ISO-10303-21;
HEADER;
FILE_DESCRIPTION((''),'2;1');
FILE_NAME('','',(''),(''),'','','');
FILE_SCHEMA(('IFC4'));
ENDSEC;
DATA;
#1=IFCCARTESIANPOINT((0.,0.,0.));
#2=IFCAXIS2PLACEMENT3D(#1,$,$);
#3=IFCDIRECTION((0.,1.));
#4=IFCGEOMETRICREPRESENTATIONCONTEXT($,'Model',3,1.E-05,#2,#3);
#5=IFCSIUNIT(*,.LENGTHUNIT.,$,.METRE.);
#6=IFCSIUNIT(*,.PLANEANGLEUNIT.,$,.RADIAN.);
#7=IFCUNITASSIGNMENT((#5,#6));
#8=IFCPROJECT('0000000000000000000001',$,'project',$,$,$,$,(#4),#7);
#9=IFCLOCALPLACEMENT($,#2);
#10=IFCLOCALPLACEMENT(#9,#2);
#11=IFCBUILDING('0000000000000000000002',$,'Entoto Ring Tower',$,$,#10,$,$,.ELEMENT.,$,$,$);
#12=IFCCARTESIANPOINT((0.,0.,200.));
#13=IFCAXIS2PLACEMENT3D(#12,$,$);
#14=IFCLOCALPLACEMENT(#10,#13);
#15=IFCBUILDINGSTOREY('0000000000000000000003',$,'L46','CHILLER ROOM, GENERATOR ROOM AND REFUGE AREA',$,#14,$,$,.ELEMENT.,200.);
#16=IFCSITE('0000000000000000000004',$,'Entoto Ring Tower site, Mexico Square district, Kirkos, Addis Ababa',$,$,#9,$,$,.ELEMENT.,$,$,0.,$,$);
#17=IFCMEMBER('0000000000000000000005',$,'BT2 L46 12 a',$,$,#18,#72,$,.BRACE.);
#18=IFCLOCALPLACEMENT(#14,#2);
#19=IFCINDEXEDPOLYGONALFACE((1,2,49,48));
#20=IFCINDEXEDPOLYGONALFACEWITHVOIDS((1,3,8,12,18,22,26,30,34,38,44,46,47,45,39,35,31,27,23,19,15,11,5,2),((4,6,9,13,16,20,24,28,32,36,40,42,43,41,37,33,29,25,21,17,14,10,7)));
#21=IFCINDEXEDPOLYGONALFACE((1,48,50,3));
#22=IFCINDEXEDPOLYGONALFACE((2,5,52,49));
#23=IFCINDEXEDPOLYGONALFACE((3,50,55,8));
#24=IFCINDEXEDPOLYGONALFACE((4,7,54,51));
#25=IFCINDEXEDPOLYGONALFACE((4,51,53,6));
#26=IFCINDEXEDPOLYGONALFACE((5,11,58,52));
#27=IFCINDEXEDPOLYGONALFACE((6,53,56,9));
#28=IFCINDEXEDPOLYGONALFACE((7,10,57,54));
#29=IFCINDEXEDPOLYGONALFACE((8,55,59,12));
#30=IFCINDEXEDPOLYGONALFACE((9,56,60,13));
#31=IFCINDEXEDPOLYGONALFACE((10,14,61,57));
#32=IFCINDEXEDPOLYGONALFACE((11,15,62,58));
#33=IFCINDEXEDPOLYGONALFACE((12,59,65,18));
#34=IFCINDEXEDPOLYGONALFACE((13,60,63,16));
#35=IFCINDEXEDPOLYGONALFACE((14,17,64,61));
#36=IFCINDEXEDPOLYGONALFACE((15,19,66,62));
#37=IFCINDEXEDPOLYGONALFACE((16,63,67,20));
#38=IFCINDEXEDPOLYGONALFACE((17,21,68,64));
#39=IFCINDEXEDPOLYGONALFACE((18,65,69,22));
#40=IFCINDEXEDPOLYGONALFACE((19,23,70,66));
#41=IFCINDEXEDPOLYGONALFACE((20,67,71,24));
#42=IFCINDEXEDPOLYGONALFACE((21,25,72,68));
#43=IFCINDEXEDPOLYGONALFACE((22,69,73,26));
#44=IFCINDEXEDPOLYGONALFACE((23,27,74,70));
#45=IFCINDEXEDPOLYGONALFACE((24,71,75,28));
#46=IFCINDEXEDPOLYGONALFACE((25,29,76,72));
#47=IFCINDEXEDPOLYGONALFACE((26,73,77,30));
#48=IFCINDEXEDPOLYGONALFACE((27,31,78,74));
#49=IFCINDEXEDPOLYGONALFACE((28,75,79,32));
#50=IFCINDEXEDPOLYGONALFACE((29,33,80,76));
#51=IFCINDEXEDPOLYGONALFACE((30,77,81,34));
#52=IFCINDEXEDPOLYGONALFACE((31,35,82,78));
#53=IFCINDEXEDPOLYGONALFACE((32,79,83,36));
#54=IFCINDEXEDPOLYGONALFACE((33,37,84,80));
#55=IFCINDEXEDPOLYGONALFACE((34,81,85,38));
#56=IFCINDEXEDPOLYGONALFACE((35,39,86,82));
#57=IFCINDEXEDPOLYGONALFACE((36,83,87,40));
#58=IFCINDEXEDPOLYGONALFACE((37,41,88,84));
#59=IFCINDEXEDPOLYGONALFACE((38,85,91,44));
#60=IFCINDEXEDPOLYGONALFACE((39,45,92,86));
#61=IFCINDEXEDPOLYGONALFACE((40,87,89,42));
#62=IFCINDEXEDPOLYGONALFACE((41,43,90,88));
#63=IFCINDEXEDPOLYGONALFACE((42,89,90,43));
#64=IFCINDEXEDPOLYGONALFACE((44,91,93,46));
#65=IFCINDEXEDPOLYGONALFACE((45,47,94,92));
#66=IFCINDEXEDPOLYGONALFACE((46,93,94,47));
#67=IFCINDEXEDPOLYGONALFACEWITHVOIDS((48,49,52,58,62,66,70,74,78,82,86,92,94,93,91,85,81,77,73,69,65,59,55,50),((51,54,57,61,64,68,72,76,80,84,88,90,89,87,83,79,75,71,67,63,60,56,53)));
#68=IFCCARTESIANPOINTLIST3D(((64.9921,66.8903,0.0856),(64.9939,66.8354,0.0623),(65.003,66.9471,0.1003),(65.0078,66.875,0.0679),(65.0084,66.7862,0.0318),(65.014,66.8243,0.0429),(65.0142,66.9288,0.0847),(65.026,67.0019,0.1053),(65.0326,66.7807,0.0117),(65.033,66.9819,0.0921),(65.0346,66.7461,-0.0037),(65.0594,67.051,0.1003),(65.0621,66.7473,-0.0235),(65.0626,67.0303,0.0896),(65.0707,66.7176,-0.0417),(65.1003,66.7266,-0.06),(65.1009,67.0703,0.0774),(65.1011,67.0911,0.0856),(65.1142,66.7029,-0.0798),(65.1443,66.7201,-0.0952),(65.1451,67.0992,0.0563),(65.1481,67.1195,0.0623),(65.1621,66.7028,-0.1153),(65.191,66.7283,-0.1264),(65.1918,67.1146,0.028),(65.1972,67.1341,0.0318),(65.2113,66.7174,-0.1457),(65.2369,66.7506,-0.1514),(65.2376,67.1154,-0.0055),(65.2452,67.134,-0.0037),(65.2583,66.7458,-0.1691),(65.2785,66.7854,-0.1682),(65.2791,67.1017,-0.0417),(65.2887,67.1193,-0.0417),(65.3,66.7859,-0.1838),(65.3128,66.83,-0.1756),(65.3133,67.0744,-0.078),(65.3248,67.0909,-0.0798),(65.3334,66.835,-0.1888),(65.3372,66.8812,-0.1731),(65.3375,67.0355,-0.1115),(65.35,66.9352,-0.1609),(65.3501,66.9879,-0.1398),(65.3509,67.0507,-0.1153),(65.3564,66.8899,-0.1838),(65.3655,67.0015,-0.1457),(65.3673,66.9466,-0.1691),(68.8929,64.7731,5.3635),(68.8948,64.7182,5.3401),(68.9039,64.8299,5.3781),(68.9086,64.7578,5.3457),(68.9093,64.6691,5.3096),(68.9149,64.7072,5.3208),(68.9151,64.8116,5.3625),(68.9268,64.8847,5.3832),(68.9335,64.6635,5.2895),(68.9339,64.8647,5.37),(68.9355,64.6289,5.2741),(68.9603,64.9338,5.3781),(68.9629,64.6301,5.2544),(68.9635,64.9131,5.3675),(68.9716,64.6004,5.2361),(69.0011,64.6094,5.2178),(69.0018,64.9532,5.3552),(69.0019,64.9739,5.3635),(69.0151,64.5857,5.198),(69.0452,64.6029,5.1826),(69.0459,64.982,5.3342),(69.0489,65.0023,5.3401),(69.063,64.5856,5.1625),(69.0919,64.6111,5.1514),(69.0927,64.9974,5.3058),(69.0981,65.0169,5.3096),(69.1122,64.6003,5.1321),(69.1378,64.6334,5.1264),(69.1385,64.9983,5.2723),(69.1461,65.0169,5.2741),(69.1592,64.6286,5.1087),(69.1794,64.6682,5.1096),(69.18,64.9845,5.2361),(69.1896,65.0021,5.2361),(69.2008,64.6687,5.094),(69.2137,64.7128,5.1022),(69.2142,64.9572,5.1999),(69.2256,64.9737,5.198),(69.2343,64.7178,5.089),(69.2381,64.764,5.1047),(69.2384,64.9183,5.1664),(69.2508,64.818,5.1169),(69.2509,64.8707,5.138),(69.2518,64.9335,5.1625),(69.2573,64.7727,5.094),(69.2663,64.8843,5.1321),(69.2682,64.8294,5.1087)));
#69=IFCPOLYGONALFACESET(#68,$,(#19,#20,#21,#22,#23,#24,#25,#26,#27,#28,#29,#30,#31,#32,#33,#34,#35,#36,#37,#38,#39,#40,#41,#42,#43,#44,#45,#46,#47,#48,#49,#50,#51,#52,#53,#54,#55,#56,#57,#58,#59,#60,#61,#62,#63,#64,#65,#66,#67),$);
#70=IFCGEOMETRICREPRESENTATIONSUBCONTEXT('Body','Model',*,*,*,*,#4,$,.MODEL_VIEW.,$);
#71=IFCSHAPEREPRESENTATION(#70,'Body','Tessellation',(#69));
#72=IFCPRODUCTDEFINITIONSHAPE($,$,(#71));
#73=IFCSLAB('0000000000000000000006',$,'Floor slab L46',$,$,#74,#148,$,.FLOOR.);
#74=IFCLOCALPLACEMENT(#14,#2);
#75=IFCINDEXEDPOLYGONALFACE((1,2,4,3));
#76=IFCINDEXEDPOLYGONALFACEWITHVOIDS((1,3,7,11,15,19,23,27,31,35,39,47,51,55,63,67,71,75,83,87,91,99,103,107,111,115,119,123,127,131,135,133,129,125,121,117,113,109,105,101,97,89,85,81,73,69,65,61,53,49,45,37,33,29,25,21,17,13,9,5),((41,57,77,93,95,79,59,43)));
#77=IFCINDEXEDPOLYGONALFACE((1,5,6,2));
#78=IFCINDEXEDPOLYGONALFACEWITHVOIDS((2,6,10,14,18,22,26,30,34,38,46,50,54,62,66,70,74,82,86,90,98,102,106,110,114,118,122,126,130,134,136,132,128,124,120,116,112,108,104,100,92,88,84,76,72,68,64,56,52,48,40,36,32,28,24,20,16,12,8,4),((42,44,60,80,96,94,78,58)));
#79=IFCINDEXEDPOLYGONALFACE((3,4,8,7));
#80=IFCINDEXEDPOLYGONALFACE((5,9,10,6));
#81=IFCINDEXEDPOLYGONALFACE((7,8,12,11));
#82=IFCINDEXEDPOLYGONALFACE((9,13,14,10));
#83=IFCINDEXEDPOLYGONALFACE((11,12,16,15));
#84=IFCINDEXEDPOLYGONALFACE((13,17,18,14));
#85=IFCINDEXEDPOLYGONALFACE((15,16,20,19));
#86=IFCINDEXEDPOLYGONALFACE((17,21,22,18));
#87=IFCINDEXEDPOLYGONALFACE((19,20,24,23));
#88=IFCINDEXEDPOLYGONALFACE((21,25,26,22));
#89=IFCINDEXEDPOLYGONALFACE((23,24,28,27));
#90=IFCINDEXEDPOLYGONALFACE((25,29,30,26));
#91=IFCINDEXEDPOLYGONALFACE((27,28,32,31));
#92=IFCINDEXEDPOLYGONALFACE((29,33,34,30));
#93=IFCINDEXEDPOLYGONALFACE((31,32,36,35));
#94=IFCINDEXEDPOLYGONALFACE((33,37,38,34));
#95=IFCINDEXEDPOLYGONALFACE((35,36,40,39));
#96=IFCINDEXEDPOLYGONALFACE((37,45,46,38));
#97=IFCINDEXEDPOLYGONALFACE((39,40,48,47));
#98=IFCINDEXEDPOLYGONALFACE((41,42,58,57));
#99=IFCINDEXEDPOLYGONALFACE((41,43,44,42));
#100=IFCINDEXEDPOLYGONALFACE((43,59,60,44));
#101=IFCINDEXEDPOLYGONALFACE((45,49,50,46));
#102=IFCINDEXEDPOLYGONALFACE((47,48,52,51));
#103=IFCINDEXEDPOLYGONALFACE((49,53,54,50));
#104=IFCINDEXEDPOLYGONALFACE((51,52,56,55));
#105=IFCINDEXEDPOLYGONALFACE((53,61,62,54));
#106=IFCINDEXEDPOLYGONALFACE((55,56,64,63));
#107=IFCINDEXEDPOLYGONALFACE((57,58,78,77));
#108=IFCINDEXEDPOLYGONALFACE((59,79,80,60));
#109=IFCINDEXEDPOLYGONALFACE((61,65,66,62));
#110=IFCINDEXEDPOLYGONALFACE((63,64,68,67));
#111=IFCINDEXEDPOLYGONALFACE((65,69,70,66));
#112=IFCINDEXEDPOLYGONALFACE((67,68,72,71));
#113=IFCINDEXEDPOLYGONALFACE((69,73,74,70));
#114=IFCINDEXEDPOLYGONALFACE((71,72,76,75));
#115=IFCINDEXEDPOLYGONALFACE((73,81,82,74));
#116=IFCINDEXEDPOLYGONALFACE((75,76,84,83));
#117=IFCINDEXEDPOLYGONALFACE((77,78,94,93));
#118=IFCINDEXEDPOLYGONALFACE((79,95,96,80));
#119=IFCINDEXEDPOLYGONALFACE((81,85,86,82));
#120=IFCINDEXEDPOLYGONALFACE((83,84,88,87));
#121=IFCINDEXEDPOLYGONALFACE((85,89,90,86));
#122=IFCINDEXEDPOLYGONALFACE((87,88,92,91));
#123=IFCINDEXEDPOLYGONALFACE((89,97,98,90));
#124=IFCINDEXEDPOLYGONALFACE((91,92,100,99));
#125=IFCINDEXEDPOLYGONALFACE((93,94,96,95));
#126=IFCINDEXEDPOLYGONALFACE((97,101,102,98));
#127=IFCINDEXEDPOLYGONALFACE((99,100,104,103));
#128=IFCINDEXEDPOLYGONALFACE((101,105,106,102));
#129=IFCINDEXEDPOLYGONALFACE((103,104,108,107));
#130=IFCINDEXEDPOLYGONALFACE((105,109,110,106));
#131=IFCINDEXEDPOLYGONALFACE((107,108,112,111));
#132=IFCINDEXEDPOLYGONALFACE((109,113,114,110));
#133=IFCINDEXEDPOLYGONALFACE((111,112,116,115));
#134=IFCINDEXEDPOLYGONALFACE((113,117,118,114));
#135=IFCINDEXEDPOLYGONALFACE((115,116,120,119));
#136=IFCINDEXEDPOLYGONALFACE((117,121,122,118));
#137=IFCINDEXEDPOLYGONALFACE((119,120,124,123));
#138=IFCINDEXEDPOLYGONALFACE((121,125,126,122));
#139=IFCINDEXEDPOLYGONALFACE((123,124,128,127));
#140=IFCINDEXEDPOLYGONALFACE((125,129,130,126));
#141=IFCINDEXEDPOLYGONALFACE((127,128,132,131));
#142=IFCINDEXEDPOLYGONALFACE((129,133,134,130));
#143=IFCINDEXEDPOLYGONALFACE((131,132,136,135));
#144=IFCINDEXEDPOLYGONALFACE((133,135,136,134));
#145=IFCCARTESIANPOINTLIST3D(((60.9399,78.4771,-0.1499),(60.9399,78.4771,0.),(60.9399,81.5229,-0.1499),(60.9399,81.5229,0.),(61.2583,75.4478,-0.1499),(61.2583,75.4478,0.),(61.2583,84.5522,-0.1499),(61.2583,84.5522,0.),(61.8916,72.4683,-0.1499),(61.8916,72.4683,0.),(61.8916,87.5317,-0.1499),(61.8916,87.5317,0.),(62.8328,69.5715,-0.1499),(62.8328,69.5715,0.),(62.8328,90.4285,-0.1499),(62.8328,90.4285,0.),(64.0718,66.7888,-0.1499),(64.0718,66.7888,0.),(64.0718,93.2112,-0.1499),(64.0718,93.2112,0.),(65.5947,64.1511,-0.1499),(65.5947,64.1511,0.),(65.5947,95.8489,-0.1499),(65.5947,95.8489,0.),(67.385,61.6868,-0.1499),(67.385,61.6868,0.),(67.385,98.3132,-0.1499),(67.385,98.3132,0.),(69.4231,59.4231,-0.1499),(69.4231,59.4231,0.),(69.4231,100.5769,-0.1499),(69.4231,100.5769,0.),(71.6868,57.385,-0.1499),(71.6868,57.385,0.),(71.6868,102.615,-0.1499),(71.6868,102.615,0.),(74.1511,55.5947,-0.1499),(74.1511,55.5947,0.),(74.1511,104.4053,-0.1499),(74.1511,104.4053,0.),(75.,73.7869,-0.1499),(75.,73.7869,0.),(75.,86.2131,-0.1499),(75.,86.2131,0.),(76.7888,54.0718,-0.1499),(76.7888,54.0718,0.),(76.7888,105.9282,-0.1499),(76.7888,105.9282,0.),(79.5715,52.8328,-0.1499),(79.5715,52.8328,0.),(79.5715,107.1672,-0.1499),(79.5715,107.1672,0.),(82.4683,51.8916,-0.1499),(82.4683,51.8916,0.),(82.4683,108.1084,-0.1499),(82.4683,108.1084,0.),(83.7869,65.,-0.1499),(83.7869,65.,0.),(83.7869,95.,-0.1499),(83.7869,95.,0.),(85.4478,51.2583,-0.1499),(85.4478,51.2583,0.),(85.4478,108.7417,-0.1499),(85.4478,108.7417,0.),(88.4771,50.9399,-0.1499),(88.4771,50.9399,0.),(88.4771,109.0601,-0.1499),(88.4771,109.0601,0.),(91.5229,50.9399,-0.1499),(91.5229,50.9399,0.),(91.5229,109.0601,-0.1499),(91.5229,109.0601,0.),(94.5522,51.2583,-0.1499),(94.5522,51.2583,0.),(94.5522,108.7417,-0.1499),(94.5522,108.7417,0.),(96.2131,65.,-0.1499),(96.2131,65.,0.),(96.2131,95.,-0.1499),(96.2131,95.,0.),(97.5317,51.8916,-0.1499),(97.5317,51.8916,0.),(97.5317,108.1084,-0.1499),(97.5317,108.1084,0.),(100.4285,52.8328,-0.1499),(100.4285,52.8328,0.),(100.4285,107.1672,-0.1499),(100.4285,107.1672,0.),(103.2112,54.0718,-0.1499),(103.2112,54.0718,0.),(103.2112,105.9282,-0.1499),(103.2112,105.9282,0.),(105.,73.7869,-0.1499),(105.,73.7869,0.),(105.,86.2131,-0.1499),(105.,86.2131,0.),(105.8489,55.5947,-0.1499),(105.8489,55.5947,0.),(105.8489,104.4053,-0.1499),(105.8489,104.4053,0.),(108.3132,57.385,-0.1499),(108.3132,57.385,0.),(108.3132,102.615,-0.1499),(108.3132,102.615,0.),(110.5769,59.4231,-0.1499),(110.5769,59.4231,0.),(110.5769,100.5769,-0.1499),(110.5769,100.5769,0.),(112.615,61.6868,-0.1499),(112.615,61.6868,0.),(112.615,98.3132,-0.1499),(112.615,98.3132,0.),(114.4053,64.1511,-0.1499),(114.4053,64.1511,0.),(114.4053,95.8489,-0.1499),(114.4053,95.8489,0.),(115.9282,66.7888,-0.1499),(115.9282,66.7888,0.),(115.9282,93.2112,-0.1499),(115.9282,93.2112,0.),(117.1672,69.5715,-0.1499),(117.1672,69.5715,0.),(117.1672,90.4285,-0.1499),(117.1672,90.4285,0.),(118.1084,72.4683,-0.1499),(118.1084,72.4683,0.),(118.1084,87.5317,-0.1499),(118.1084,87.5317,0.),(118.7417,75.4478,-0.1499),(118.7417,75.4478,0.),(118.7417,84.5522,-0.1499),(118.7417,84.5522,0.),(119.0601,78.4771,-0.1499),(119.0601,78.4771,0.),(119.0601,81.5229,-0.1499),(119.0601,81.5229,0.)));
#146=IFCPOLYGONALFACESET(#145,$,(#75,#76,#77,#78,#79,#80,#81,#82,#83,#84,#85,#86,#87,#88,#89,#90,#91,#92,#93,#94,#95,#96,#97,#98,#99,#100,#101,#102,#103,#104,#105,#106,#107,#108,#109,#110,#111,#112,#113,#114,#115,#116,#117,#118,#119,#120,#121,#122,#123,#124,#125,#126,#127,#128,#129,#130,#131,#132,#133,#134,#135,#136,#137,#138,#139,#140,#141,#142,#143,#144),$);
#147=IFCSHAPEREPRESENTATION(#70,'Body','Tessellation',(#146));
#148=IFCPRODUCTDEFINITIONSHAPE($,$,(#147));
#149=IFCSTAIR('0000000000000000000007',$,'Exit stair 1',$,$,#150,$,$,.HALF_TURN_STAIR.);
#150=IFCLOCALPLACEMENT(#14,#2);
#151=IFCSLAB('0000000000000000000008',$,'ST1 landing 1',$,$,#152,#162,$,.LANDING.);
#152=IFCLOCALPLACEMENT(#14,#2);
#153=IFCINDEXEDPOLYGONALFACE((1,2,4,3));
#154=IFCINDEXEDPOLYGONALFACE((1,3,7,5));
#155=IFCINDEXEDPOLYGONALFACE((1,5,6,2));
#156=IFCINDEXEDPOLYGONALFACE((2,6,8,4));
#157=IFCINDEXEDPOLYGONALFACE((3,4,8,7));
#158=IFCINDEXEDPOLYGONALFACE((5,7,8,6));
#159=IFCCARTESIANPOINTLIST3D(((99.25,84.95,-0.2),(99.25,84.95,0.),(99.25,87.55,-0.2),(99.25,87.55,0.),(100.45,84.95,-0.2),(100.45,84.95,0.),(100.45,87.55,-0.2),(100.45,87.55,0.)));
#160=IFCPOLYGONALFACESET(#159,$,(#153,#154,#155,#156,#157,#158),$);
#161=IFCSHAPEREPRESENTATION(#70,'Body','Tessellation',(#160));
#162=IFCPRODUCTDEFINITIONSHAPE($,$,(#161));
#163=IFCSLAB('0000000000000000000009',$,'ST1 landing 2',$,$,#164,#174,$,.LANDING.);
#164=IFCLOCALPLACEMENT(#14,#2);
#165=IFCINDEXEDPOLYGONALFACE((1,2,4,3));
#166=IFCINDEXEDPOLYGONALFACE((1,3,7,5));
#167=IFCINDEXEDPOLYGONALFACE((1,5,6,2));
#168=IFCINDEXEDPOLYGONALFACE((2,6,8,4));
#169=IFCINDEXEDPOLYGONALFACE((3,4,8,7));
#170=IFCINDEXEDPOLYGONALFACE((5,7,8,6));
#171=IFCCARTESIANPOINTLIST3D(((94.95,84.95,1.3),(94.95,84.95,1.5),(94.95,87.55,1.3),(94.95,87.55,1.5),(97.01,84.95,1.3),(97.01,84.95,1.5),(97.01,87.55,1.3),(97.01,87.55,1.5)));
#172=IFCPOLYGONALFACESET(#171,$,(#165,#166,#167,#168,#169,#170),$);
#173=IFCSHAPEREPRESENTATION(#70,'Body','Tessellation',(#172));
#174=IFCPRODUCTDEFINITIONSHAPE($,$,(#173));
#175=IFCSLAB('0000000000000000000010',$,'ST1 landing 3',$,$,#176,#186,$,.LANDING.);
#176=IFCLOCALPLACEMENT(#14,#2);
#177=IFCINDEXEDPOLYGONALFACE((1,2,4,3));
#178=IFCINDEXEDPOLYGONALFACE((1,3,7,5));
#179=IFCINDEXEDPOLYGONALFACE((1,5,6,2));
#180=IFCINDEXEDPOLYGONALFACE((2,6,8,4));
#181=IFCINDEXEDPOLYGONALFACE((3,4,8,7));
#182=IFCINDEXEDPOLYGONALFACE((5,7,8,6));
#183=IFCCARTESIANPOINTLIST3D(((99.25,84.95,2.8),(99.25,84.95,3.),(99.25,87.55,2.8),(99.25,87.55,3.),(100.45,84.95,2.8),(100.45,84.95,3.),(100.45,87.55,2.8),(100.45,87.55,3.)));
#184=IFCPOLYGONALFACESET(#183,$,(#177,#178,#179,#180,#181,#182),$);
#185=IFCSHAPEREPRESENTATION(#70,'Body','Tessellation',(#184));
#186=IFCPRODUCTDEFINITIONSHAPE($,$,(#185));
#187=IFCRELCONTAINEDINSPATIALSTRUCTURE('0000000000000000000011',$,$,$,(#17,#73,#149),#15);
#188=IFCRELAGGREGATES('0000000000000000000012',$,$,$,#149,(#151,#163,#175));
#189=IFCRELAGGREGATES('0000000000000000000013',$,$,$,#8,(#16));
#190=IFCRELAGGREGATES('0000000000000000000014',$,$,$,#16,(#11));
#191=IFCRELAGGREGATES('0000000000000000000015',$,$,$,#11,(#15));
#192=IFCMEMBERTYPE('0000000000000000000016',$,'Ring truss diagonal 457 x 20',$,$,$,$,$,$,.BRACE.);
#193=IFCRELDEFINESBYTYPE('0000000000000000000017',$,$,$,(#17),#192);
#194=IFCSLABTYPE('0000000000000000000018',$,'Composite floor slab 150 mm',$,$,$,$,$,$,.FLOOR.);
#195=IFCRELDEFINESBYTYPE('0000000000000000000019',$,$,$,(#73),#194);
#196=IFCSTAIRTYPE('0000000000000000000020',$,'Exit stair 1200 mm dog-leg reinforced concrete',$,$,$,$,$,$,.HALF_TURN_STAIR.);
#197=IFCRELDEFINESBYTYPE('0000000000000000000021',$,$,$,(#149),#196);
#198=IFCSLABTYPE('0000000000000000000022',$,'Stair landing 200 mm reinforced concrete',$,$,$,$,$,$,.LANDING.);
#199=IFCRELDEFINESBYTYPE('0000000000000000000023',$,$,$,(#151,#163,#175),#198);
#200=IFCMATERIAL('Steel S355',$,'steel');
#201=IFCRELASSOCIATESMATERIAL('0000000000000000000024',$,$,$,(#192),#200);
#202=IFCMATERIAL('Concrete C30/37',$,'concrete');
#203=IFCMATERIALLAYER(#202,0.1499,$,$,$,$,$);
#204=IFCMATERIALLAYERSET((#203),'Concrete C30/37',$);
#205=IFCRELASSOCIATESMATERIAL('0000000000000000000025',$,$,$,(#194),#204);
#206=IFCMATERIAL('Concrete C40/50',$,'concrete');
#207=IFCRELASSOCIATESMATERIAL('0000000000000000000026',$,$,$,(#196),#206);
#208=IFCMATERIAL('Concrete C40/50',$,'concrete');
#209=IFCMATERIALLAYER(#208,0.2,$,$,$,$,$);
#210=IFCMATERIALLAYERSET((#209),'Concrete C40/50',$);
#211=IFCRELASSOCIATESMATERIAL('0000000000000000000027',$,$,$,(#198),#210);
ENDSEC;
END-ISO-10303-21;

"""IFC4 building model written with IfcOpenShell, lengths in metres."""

from ifc_helpers import new_model, si_unit, direction, frame, origin, origin_2d, place, context, subcontext, project, spatial, polyline, circle, hollow_circle, outline, extrude, material, layer, layer_set, material_profile, profile_set, type_object, element, aggregate, save


model = new_model("IFC4")

# Units and contexts
model_context = context("Model", 3, precision=1e-05, world=origin(), true_north=direction((0.0, 1.0)))
body_context = subcontext(model_context, "Body", "Model", "MODEL_VIEW")
ifc_project = project(units=[si_unit("LENGTHUNIT", "METRE"), si_unit("PLANEANGLEUNIT", "RADIAN")], contexts=[model_context])

# Site, building, storey
site_placement = place(None, origin())
site = spatial("IfcSite", under=ifc_project, at=site_placement, Name="Entoto Ring Tower site, Mexico Square district, Kirkos, Addis Ababa", CompositionType="ELEMENT", RefElevation=0.0)
building_placement = place(site_placement, origin())
building = spatial("IfcBuilding", under=site, at=building_placement, Name="Entoto Ring Tower", CompositionType="ELEMENT")
storey_placement = place(building_placement, frame((0.0, 0.0, 200.0)))
storey = spatial("IfcBuildingStorey", under=building, at=storey_placement, Name="L46", Description="CHILLER ROOM, GENERATOR ROOM AND REFUGE AREA", CompositionType="ELEMENT", Elevation=200.0)

# Member
ifc_material_1 = material(Name="Steel S355", Category="steel")
ifc_material_profile_1 = material_profile(ifc_material_1, hollow_circle(Radius=0.2285, WallThickness=0.02, at=origin_2d()), Name="CHS 457 x 20")
ifc_material_2 = material(Name="Concrete C60/75", Category="concrete")
ifc_material_profile_2 = material_profile(ifc_material_2, circle(Radius=0.2085, at=origin_2d()), Name="Concrete C60/75 infill")
ifc_profile_set_1 = profile_set([ifc_material_profile_1, ifc_material_profile_2], Name="Steel S355")
member_type_1 = type_object("IfcMemberType", Name="Ring truss diagonal 457 x 20", PredefinedType="BRACE", material=ifc_profile_set_1)
for number, where, z_axis, x_axis, name in (
    (1, (65.1797, 66.9185, -0.0417), (0.565672, -0.307017, 0.765347), (0.477017, 0.878894, 0.0), "BT2 L46 12 a"),
):
    element("IfcMember", number, at=place(storey_placement, frame(where, z_axis=z_axis, x_axis=x_axis)), inside=storey, type_object=member_type_1, Name=name, PredefinedType="BRACE", context=body_context, shape_type="SweptSolid", body=[
        extrude(hollow_circle(Radius=0.2285, WallThickness=0.02, at=origin_2d()), origin(), (0.0, 0.0, 1.0), 6.896),
    ])

# Slab
ifc_material_3 = material(Name="Concrete C30/37", Category="concrete")
ifc_layer_1 = layer(ifc_material_3, 0.1499)
ifc_layer_set_1 = layer_set([ifc_layer_1], Name="Concrete C30/37")
slab_type_1 = type_object("IfcSlabType", Name="Composite floor slab 150 mm", PredefinedType="FLOOR", material=ifc_layer_set_1)
slab_1_placement = place(storey_placement, frame((0.0, 0.0, -0.1499)))
element("IfcSlab", 2, at=slab_1_placement, inside=storey, type_object=slab_type_1, Name="Floor slab L46", PredefinedType="FLOOR", context=body_context, shape_type="SweptSolid", body=[
    extrude(outline(polyline([(118.7417, 84.5522), (118.1084, 87.5317), (117.1672, 90.4285), (115.9282, 93.2112), (114.4053, 95.8489), (112.615, 98.3132), (110.5769, 100.5769), (108.3132, 102.615), (105.8489, 104.4053), (103.2112, 105.9282), (100.4285, 107.1672), (97.5317, 108.1084), (94.5522, 108.7417), (91.5229, 109.0601), (88.4771, 109.0601), (85.4478, 108.7417), (82.4683, 108.1084), (79.5715, 107.1672), (76.7888, 105.9282), (74.1511, 104.4053), (71.6868, 102.615), (69.4231, 100.5769), (67.385, 98.3132), (65.5947, 95.8489), (64.0718, 93.2112), (62.8328, 90.4285), (61.8916, 87.5317), (61.2583, 84.5522), (60.9399, 81.5229), (60.9399, 78.4771), (61.2583, 75.4478), (61.8916, 72.4683), (62.8328, 69.5715), (64.0718, 66.7888), (65.5947, 64.1511), (67.385, 61.6868), (69.4231, 59.4231), (71.6868, 57.385), (74.1511, 55.5947), (76.7888, 54.0718), (79.5715, 52.8328), (82.4683, 51.8916), (85.4478, 51.2583), (88.4771, 50.9399), (91.5229, 50.9399), (94.5522, 51.2583), (97.5317, 51.8916), (100.4285, 52.8328), (103.2112, 54.0718), (105.8489, 55.5947), (108.3132, 57.385), (110.5769, 59.4231), (112.615, 61.6868), (114.4053, 64.1511), (115.9282, 66.7888), (117.1672, 69.5715), (118.1084, 72.4683), (118.7417, 75.4478), (119.0601, 78.4771), (119.0601, 81.5229), (118.7417, 84.5522)]), holes=[polyline([(105.0, 73.7869), (105.0, 86.2131), (96.2131, 95.0), (83.7869, 95.0), (75.0, 86.2131), (75.0, 73.7869), (83.7869, 65.0), (96.2131, 65.0), (105.0, 73.7869)])]), origin(), (0.0, 0.0, 1.0), 0.1499),
])

# Stair, slabs
ifc_material_4 = material(Name="Concrete C40/50", Category="concrete")
stair_type = type_object("IfcStairType", Name="Exit stair 1200 mm dog-leg reinforced concrete", PredefinedType="HALF_TURN_STAIR", material=ifc_material_4)
stair_1_placement = place(storey_placement, origin())
stair_1 = element("IfcStair", 3, at=stair_1_placement, inside=storey, type_object=stair_type, Name="Exit stair 1", PredefinedType="HALF_TURN_STAIR")
ifc_material_5 = material(Name="Concrete C40/50", Category="concrete")
ifc_layer_2 = layer(ifc_material_5, 0.2)
ifc_layer_set_2 = layer_set([ifc_layer_2], Name="Concrete C40/50")
slab_type_2 = type_object("IfcSlabType", Name="Stair landing 200 mm reinforced concrete", PredefinedType="LANDING", material=ifc_layer_set_2)
slab_2_placement = place(storey_placement, frame((0.0, 0.0, -0.2)))
slab_2 = element("IfcSlab", 4, at=slab_2_placement, type_object=slab_type_2, Name="ST1 landing 1", PredefinedType="LANDING", context=body_context, shape_type="SweptSolid", body=[
    extrude(outline(polyline([(100.45, 84.95), (100.45, 87.55), (99.25, 87.55), (99.25, 84.95), (100.45, 84.95)])), origin(), (0.0, 0.0, 1.0), 0.2),
])
slab_3_placement = place(storey_placement, frame((0.0, 0.0, 1.3)))
slab_3 = element("IfcSlab", 5, at=slab_3_placement, type_object=slab_type_2, Name="ST1 landing 2", PredefinedType="LANDING", context=body_context, shape_type="SweptSolid", body=[
    extrude(outline(polyline([(94.95, 84.95), (97.01, 84.95), (97.01, 87.55), (94.95, 87.55), (94.95, 84.95)])), origin(), (0.0, 0.0, 1.0), 0.2),
])
slab_4_placement = place(storey_placement, frame((0.0, 0.0, 2.8)))
slab_4 = element("IfcSlab", 6, at=slab_4_placement, type_object=slab_type_2, Name="ST1 landing 3", PredefinedType="LANDING", context=body_context, shape_type="SweptSolid", body=[
    extrude(outline(polyline([(99.25, 84.95), (100.45, 84.95), (100.45, 87.55), (99.25, 87.55), (99.25, 84.95)])), origin(), (0.0, 0.0, 1.0), 0.2),
])
aggregate(stair_1, [slab_2, slab_3, slab_4])

save(model, "model.ifc")
